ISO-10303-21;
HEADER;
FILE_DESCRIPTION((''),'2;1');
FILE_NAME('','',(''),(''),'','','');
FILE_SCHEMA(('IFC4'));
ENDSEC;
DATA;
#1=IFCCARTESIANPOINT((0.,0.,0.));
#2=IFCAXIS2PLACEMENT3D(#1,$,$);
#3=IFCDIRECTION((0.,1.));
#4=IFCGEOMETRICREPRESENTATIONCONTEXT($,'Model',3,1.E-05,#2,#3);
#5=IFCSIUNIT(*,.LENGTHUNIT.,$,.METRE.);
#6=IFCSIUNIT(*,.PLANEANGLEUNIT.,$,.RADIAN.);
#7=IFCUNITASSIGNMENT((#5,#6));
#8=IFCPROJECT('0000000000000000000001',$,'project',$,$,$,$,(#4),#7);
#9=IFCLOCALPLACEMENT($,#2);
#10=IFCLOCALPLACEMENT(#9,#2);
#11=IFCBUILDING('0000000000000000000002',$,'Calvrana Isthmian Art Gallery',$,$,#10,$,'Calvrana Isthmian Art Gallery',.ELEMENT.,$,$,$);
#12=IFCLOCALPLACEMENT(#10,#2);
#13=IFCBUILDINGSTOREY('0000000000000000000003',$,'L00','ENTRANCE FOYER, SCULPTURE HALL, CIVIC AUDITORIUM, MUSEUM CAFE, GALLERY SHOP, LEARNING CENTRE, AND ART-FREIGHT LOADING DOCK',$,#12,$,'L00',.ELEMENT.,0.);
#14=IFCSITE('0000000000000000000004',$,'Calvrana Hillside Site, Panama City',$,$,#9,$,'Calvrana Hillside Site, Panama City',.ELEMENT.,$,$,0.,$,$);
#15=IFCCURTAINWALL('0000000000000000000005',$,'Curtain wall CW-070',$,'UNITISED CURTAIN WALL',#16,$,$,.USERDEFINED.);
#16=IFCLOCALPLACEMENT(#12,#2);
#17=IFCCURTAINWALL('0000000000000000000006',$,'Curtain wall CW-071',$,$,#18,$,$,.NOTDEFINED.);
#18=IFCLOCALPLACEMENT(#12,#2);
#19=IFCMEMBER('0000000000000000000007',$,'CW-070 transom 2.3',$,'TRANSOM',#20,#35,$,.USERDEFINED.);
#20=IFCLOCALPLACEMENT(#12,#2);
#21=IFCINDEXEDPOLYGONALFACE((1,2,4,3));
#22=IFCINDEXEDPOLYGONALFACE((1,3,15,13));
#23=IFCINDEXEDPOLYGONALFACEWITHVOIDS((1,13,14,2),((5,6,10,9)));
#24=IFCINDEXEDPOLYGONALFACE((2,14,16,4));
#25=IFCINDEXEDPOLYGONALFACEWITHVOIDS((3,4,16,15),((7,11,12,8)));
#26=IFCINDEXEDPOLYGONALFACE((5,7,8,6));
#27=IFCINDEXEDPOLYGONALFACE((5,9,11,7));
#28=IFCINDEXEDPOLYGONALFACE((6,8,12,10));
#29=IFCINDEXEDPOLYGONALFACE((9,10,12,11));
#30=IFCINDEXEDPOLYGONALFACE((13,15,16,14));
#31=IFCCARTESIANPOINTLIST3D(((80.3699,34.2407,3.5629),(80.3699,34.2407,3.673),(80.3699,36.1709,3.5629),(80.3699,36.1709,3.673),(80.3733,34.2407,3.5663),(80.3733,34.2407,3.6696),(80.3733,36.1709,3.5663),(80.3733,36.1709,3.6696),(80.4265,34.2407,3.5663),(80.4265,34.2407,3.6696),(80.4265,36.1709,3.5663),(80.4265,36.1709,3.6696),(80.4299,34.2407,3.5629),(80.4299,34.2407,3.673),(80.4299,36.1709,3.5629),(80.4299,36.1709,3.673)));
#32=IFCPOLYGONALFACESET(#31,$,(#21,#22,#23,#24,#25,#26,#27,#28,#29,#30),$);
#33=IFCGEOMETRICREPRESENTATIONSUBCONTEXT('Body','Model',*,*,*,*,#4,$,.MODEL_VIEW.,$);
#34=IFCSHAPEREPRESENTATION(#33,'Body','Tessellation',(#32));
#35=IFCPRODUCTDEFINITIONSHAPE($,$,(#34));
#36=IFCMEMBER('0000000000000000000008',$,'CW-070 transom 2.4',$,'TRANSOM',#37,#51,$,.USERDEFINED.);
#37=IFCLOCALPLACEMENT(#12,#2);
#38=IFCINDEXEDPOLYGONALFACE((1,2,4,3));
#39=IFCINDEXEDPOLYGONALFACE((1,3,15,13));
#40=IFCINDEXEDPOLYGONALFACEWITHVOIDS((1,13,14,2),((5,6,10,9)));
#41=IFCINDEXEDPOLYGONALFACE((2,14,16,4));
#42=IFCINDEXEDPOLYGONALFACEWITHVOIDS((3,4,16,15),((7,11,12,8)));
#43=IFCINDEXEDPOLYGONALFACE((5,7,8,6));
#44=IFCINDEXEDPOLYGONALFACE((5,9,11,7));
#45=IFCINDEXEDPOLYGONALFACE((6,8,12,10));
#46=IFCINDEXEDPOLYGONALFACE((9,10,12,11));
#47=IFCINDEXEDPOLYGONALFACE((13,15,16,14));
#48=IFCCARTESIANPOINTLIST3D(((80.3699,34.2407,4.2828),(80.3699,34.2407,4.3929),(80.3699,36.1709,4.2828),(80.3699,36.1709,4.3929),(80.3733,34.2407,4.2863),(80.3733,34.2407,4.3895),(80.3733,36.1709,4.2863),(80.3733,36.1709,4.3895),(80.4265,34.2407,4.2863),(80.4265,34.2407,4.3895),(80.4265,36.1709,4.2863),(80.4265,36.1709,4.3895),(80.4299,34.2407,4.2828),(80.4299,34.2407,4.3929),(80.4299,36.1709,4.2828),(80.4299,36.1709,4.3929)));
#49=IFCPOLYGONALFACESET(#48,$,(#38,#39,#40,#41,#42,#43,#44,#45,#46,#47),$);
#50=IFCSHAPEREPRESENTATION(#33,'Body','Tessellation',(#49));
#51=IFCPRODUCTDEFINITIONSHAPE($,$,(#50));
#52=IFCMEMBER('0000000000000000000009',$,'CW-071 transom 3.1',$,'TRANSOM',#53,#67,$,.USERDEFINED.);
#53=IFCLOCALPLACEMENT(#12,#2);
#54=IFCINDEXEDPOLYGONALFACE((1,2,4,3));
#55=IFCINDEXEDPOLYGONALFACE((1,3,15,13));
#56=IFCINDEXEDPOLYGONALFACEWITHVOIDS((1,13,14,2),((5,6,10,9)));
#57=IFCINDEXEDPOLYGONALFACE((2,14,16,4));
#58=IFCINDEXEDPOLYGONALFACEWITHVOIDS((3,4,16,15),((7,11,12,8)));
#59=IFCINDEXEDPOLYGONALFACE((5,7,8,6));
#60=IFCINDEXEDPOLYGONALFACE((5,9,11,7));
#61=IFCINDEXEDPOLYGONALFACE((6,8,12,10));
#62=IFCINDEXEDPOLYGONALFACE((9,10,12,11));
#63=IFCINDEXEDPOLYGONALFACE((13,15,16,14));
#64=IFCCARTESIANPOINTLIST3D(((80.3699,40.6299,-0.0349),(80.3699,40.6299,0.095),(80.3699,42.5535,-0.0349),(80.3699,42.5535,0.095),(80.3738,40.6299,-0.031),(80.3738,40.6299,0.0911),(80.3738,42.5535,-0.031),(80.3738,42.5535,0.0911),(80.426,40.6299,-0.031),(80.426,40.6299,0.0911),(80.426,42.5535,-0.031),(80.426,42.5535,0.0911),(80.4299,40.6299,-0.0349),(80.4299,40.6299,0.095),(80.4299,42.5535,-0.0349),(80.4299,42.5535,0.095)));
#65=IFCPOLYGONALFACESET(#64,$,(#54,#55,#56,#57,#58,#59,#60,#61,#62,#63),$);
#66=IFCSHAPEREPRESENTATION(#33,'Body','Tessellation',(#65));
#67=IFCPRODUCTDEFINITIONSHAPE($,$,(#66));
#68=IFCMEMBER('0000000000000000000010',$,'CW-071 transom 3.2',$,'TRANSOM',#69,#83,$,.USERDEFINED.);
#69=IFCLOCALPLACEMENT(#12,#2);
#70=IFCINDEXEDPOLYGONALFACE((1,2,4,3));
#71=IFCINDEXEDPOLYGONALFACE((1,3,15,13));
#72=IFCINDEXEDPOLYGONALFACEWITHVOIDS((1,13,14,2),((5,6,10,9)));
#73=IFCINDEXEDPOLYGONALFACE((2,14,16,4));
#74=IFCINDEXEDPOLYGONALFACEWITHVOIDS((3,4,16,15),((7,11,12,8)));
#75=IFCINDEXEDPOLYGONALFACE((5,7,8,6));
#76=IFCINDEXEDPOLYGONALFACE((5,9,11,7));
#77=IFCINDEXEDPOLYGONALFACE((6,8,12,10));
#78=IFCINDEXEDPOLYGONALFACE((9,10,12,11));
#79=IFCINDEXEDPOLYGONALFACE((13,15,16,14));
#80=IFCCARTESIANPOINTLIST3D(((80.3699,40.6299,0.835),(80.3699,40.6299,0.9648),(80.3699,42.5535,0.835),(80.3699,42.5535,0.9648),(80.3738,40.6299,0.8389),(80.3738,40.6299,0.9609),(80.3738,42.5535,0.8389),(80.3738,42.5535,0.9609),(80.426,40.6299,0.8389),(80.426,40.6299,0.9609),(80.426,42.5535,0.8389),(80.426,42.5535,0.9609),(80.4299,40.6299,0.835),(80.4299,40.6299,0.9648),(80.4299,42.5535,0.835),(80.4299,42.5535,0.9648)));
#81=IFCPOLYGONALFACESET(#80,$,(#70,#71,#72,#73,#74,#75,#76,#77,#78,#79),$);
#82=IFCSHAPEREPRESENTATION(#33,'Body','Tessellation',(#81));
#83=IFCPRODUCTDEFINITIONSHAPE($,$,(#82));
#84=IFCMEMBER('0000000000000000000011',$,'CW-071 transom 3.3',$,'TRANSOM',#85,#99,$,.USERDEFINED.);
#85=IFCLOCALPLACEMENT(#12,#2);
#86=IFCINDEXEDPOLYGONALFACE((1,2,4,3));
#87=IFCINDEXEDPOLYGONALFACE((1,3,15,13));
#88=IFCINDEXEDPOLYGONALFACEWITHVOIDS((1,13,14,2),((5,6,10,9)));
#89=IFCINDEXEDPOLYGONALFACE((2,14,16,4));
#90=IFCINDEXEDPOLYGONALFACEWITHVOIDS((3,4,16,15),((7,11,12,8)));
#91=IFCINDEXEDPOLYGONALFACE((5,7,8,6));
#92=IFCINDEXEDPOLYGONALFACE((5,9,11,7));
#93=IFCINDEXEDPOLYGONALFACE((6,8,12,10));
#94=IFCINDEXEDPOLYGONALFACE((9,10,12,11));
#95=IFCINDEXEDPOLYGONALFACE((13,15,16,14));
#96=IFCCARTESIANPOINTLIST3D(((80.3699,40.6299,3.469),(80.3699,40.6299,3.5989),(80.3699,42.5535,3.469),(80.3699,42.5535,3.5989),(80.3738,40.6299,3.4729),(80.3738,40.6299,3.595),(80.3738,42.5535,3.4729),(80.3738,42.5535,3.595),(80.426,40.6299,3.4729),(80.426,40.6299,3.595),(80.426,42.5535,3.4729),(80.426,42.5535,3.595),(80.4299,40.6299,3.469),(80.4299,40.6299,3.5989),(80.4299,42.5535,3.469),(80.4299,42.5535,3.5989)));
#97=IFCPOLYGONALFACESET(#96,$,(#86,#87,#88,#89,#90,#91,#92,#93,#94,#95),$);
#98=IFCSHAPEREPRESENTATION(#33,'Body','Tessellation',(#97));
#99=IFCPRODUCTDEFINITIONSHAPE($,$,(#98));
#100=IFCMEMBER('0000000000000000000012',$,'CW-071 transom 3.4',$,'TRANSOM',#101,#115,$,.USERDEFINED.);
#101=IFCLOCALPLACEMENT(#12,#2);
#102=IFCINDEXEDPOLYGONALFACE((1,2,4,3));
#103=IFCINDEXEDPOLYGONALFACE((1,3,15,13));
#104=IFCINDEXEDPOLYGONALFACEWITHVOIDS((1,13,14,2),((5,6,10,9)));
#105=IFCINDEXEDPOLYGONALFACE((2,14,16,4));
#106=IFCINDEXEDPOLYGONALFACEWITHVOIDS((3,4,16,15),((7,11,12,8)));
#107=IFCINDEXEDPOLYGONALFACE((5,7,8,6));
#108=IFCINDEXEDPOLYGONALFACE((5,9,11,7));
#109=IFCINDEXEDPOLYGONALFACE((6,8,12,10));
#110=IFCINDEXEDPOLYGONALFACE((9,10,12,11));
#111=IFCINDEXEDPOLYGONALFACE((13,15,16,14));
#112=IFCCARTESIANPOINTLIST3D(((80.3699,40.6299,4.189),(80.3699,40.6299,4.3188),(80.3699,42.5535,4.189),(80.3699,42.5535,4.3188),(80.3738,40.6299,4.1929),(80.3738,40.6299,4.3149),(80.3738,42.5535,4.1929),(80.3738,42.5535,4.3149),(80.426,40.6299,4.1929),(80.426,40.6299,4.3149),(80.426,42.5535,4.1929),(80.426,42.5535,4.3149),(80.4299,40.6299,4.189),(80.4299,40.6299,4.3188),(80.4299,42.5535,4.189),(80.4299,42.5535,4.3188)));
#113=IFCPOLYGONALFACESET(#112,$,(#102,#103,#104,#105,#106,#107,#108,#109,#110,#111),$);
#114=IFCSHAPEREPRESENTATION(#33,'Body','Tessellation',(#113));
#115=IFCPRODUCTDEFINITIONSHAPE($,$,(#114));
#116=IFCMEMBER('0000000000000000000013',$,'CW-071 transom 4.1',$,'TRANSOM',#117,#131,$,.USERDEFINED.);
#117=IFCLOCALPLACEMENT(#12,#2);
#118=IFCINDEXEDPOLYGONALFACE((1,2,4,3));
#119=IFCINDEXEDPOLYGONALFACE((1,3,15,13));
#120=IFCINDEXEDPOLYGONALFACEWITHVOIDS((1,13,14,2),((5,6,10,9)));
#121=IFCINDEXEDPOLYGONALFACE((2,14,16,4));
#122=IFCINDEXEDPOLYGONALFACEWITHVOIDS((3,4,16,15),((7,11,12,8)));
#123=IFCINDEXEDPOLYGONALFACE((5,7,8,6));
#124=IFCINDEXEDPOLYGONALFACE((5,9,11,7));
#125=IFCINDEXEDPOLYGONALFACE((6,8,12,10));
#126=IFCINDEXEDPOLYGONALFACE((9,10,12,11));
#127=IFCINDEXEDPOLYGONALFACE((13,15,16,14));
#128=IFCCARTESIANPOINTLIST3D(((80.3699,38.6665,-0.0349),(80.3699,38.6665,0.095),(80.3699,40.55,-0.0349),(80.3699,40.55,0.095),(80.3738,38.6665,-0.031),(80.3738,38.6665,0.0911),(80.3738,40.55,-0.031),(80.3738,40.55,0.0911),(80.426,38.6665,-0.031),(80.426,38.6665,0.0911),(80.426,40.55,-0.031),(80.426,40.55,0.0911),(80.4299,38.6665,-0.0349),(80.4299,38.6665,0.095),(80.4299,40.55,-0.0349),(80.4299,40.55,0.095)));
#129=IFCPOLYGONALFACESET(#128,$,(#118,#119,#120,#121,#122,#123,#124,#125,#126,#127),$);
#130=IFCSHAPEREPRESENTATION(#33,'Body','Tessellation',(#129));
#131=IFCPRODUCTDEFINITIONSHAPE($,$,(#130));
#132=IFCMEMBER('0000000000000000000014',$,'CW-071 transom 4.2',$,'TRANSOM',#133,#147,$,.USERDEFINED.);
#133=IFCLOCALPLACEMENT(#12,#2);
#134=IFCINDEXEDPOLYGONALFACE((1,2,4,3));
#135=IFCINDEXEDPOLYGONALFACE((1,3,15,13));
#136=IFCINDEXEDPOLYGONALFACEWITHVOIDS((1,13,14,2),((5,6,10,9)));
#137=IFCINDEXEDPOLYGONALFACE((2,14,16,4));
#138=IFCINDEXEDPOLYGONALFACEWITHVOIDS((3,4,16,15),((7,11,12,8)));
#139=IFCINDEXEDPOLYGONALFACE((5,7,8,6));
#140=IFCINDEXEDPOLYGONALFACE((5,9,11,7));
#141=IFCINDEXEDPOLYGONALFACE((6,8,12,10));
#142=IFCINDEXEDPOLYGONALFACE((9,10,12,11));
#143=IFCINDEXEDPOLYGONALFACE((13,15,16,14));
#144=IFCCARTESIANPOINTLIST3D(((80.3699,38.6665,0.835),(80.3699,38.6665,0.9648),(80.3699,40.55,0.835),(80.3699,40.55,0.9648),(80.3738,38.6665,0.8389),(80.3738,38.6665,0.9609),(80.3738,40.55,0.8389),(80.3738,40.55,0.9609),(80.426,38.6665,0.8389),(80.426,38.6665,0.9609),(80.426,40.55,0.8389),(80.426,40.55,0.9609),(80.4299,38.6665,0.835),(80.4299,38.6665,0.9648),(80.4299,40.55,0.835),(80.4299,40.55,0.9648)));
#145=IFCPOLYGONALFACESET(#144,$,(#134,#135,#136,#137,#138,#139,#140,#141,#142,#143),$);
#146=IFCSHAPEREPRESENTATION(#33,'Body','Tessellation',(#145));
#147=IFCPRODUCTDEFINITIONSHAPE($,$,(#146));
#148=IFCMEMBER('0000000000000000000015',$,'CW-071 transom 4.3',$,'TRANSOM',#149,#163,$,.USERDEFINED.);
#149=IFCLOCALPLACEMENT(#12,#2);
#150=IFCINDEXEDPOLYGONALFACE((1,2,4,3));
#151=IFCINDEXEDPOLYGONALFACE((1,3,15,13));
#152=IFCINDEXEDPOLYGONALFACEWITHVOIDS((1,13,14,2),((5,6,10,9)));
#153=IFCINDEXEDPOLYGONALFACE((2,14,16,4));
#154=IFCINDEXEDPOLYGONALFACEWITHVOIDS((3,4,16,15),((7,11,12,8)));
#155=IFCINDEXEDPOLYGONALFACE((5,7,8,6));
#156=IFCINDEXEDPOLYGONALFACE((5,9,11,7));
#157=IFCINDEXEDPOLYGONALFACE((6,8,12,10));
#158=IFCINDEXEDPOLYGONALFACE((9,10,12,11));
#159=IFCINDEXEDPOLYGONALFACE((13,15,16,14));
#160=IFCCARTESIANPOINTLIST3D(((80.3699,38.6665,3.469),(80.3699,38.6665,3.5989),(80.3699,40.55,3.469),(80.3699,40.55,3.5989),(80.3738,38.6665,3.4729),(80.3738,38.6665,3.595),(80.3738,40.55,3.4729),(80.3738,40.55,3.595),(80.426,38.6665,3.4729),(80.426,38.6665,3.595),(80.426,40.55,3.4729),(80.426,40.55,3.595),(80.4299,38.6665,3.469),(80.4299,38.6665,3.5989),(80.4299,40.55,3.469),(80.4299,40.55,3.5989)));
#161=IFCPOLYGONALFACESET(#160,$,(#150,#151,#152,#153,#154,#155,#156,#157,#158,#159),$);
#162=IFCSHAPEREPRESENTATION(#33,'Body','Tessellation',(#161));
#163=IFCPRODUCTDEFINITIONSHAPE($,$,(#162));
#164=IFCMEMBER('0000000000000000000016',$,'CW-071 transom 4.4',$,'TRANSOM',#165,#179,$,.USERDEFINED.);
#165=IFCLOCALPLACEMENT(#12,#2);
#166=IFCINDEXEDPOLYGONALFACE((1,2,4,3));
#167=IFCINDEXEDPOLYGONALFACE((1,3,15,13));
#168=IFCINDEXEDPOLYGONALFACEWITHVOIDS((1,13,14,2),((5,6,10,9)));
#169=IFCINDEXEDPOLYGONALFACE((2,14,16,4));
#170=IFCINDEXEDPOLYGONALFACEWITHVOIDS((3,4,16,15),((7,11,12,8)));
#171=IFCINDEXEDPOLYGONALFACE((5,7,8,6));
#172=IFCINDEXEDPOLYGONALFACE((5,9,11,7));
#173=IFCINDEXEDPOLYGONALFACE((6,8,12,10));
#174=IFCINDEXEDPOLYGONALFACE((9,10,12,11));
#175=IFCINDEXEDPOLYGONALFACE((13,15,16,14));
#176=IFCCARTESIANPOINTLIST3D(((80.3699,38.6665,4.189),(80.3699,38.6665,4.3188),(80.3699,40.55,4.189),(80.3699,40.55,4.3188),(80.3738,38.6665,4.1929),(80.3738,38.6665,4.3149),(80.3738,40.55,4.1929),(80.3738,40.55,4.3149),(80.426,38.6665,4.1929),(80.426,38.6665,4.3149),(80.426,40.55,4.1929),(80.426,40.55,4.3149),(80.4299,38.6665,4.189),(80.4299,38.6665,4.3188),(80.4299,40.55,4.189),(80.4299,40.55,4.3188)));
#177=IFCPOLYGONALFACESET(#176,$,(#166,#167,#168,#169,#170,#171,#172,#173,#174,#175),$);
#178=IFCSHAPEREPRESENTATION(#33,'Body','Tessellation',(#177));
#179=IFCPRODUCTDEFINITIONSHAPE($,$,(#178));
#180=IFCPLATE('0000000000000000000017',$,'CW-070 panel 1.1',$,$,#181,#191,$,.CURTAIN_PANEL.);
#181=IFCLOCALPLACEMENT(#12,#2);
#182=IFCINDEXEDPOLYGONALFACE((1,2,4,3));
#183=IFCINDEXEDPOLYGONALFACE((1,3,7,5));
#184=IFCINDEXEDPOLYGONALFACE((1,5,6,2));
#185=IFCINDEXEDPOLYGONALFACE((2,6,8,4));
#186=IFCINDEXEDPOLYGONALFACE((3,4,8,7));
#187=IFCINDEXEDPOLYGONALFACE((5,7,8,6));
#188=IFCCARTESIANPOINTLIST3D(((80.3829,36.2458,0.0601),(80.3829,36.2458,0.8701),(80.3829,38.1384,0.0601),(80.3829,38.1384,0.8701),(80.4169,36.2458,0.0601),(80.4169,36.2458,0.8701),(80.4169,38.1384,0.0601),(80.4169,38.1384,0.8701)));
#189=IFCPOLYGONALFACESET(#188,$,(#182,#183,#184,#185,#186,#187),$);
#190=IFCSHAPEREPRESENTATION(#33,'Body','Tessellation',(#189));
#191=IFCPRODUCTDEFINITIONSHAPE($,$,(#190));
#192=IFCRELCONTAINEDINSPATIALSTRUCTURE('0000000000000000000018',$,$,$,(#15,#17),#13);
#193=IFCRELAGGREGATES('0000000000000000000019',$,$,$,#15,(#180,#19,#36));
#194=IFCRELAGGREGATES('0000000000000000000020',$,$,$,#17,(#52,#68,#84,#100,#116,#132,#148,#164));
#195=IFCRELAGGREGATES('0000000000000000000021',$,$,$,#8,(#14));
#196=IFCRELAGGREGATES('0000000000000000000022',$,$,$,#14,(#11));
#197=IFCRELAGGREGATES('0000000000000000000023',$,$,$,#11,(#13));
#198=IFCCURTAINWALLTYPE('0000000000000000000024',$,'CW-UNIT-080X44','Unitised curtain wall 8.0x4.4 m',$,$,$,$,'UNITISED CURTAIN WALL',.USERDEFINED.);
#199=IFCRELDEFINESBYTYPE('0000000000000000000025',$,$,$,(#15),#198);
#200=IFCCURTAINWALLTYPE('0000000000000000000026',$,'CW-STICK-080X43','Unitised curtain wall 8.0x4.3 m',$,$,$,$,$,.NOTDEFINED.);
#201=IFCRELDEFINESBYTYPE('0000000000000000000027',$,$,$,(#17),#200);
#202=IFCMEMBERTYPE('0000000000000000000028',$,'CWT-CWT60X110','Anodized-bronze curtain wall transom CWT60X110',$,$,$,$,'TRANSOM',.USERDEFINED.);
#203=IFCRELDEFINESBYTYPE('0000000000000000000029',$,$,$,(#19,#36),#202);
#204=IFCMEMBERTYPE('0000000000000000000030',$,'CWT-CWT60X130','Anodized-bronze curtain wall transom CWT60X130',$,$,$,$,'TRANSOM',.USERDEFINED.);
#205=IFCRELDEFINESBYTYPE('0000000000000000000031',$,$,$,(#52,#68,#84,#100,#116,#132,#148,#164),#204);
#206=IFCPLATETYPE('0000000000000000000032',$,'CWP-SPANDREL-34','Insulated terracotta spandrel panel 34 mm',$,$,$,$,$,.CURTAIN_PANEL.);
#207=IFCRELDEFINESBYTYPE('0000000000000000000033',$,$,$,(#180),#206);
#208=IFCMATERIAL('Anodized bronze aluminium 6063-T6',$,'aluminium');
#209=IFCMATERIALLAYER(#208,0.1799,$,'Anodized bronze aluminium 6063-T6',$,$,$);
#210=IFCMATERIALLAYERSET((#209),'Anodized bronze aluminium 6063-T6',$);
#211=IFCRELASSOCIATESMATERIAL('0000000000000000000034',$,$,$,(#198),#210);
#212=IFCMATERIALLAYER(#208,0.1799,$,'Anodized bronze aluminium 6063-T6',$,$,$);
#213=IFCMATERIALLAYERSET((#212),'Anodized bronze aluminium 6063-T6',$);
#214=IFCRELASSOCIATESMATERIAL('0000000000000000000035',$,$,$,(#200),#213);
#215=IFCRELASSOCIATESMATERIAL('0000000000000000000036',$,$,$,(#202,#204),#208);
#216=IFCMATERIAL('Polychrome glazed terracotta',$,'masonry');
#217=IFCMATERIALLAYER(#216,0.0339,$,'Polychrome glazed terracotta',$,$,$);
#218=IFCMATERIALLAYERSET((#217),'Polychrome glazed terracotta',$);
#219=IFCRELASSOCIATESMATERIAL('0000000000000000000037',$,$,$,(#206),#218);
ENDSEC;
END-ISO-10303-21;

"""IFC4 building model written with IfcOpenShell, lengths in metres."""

from ifc_helpers import new_model, si_unit, direction, frame, origin, origin_2d, place, context, subcontext, project, spatial, rectangle, hollow_rectangle, extrude, material, layer, layer_set, material_profile, profile_set, type_object, element, aggregate, save


model = new_model("IFC4")

# Units and contexts
model_context = context("Model", 3, precision=1e-05, world=origin(), true_north=direction((0.0, 1.0)))
body_context = subcontext(model_context, "Body", "Model", "MODEL_VIEW")
ifc_project = project(units=[si_unit("LENGTHUNIT", "METRE"), si_unit("PLANEANGLEUNIT", "RADIAN")], contexts=[model_context])

# Site, building, storey
site_placement = place(None, origin())
site = spatial("IfcSite", under=ifc_project, at=site_placement, Name="Calvrana Hillside Site, Panama City", LongName="Calvrana Hillside Site, Panama City", CompositionType="ELEMENT", RefElevation=0.0)
building_placement = place(site_placement, origin())
building = spatial("IfcBuilding", under=site, at=building_placement, Name="Calvrana Isthmian Art Gallery", LongName="Calvrana Isthmian Art Gallery", CompositionType="ELEMENT")
storey_placement = place(building_placement, origin())
storey = spatial("IfcBuildingStorey", under=building, at=storey_placement, Name="L00", Description="ENTRANCE FOYER, SCULPTURE HALL, CIVIC AUDITORIUM, MUSEUM CAFE, GALLERY SHOP, LEARNING CENTRE, AND ART-FREIGHT LOADING DOCK", LongName="L00", CompositionType="ELEMENT", Elevation=0.0)

# Curtain walls
ifc_material_1 = material(Name="Anodized bronze aluminium 6063-T6", Category="aluminium")
ifc_layer_1 = layer(ifc_material_1, 0.1799, Name="Anodized bronze aluminium 6063-T6")
ifc_layer_set_1 = layer_set([ifc_layer_1], Name="Anodized bronze aluminium 6063-T6")
curtain_wall_type_1 = type_object("IfcCurtainWallType", Name="CW-UNIT-080X44", Description="Unitised curtain wall 8.0x4.4 m", ElementType="UNITISED CURTAIN WALL", PredefinedType="USERDEFINED", material=ifc_layer_set_1)
curtain_wall_1_placement = place(storey_placement, origin())
curtain_wall_1 = element("IfcCurtainWall", 1, at=curtain_wall_1_placement, inside=storey, type_object=curtain_wall_type_1, Name="Curtain wall CW-070", ObjectType="UNITISED CURTAIN WALL", PredefinedType="USERDEFINED")
ifc_layer_2 = layer(ifc_material_1, 0.1799, Name="Anodized bronze aluminium 6063-T6")
ifc_layer_set_2 = layer_set([ifc_layer_2], Name="Anodized bronze aluminium 6063-T6")
curtain_wall_type_2 = type_object("IfcCurtainWallType", Name="CW-STICK-080X43", Description="Unitised curtain wall 8.0x4.3 m", PredefinedType="NOTDEFINED", material=ifc_layer_set_2)
curtain_wall_2_placement = place(storey_placement, origin())
curtain_wall_2 = element("IfcCurtainWall", 2, at=curtain_wall_2_placement, inside=storey, type_object=curtain_wall_type_2, Name="Curtain wall CW-071", PredefinedType="NOTDEFINED")

# Members
ifc_material_profile_1 = material_profile(ifc_material_1, hollow_rectangle(XDim=0.0601, YDim=0.1101, WallThickness=0.0034, at=origin_2d()), Name="CWT60X110")
ifc_profile_set_1 = profile_set([ifc_material_profile_1], Name="Anodized bronze aluminium 6063-T6")
member_type_1 = type_object("IfcMemberType", Name="CWT-CWT60X110", Description="Anodized-bronze curtain wall transom CWT60X110", ElementType="TRANSOM", PredefinedType="USERDEFINED", material=ifc_profile_set_1)
member_1_placement = place(storey_placement, frame((80.3999, 36.1709, 3.6179), z_axis=(0.0, -1.0, 0.0), x_axis=(1.0, 0.0, 0.0)))
member_1 = element("IfcMember", 3, at=member_1_placement, type_object=member_type_1, Name="CW-070 transom 2.3", ObjectType="TRANSOM", PredefinedType="USERDEFINED", context=body_context, shape_type="SweptSolid", body=[
    extrude(hollow_rectangle(XDim=0.0601, YDim=0.1101, WallThickness=0.0034, at=origin_2d()), origin(), (0.0, 0.0, 1.0), 1.9302),
])
member_2_placement = place(storey_placement, frame((80.3999, 36.1709, 4.3379), z_axis=(0.0, -1.0, 0.0), x_axis=(1.0, 0.0, 0.0)))
member_2 = element("IfcMember", 4, at=member_2_placement, type_object=member_type_1, Name="CW-070 transom 2.4", ObjectType="TRANSOM", PredefinedType="USERDEFINED", context=body_context, shape_type="SweptSolid", body=[
    extrude(hollow_rectangle(XDim=0.0601, YDim=0.1101, WallThickness=0.0034, at=origin_2d()), origin(), (0.0, 0.0, 1.0), 1.9302),
])
ifc_material_profile_2 = material_profile(ifc_material_1, hollow_rectangle(XDim=0.0601, YDim=0.1299, WallThickness=0.0039, at=origin_2d()), Name="CWT60X130")
ifc_profile_set_2 = profile_set([ifc_material_profile_2], Name="Anodized bronze aluminium 6063-T6")
member_type_2 = type_object("IfcMemberType", Name="CWT-CWT60X130", Description="Anodized-bronze curtain wall transom CWT60X130", ElementType="TRANSOM", PredefinedType="USERDEFINED", material=ifc_profile_set_2)
member_3_placement = place(storey_placement, frame((80.3999, 42.5535, 0.03), z_axis=(0.0, -1.0, 0.0), x_axis=(1.0, 0.0, 0.0)))
member_3 = element("IfcMember", 5, at=member_3_placement, type_object=member_type_2, Name="CW-071 transom 3.1", ObjectType="TRANSOM", PredefinedType="USERDEFINED", context=body_context, shape_type="SweptSolid", body=[
    extrude(hollow_rectangle(XDim=0.0601, YDim=0.1299, WallThickness=0.0039, at=origin_2d()), origin(), (0.0, 0.0, 1.0), 1.9236),
])
member_4_placement = place(storey_placement, frame((80.3999, 42.5535, 0.8999), z_axis=(0.0, -1.0, 0.0), x_axis=(1.0, 0.0, 0.0)))
member_4 = element("IfcMember", 6, at=member_4_placement, type_object=member_type_2, Name="CW-071 transom 3.2", ObjectType="TRANSOM", PredefinedType="USERDEFINED", context=body_context, shape_type="SweptSolid", body=[
    extrude(hollow_rectangle(XDim=0.0601, YDim=0.1299, WallThickness=0.0039, at=origin_2d()), origin(), (0.0, 0.0, 1.0), 1.9236),
])
member_5_placement = place(storey_placement, frame((80.3999, 42.5535, 3.5339), z_axis=(0.0, -1.0, 0.0), x_axis=(1.0, 0.0, 0.0)))
member_5 = element("IfcMember", 7, at=member_5_placement, type_object=member_type_2, Name="CW-071 transom 3.3", ObjectType="TRANSOM", PredefinedType="USERDEFINED", context=body_context, shape_type="SweptSolid", body=[
    extrude(hollow_rectangle(XDim=0.0601, YDim=0.1299, WallThickness=0.0039, at=origin_2d()), origin(), (0.0, 0.0, 1.0), 1.9236),
])
member_6_placement = place(storey_placement, frame((80.3999, 42.5535, 4.2539), z_axis=(0.0, -1.0, 0.0), x_axis=(1.0, 0.0, 0.0)))
member_6 = element("IfcMember", 8, at=member_6_placement, type_object=member_type_2, Name="CW-071 transom 3.4", ObjectType="TRANSOM", PredefinedType="USERDEFINED", context=body_context, shape_type="SweptSolid", body=[
    extrude(hollow_rectangle(XDim=0.0601, YDim=0.1299, WallThickness=0.0039, at=origin_2d()), origin(), (0.0, 0.0, 1.0), 1.9236),
])
member_7_placement = place(storey_placement, frame((80.3999, 40.55, 0.03), z_axis=(0.0, -1.0, 0.0), x_axis=(1.0, 0.0, 0.0)))
member_7 = element("IfcMember", 9, at=member_7_placement, type_object=member_type_2, Name="CW-071 transom 4.1", ObjectType="TRANSOM", PredefinedType="USERDEFINED", context=body_context, shape_type="SweptSolid", body=[
    extrude(hollow_rectangle(XDim=0.0601, YDim=0.1299, WallThickness=0.0039, at=origin_2d()), origin(), (0.0, 0.0, 1.0), 1.8835),
])
member_8_placement = place(storey_placement, frame((80.3999, 40.55, 0.8999), z_axis=(0.0, -1.0, 0.0), x_axis=(1.0, 0.0, 0.0)))
member_8 = element("IfcMember", 10, at=member_8_placement, type_object=member_type_2, Name="CW-071 transom 4.2", ObjectType="TRANSOM", PredefinedType="USERDEFINED", context=body_context, shape_type="SweptSolid", body=[
    extrude(hollow_rectangle(XDim=0.0601, YDim=0.1299, WallThickness=0.0039, at=origin_2d()), origin(), (0.0, 0.0, 1.0), 1.8835),
])
member_9_placement = place(storey_placement, frame((80.3999, 40.55, 3.5339), z_axis=(0.0, -1.0, 0.0), x_axis=(1.0, 0.0, 0.0)))
member_9 = element("IfcMember", 11, at=member_9_placement, type_object=member_type_2, Name="CW-071 transom 4.3", ObjectType="TRANSOM", PredefinedType="USERDEFINED", context=body_context, shape_type="SweptSolid", body=[
    extrude(hollow_rectangle(XDim=0.0601, YDim=0.1299, WallThickness=0.0039, at=origin_2d()), origin(), (0.0, 0.0, 1.0), 1.8835),
])
member_10_placement = place(storey_placement, frame((80.3999, 40.55, 4.2539), z_axis=(0.0, -1.0, 0.0), x_axis=(1.0, 0.0, 0.0)))
member_10 = element("IfcMember", 12, at=member_10_placement, type_object=member_type_2, Name="CW-071 transom 4.4", ObjectType="TRANSOM", PredefinedType="USERDEFINED", context=body_context, shape_type="SweptSolid", body=[
    extrude(hollow_rectangle(XDim=0.0601, YDim=0.1299, WallThickness=0.0039, at=origin_2d()), origin(), (0.0, 0.0, 1.0), 1.8835),
])

# Plate
ifc_material_2 = material(Name="Polychrome glazed terracotta", Category="masonry")
ifc_layer_3 = layer(ifc_material_2, 0.0339, Name="Polychrome glazed terracotta")
ifc_layer_set_3 = layer_set([ifc_layer_3], Name="Polychrome glazed terracotta")
plate_type_1 = type_object("IfcPlateType", Name="CWP-SPANDREL-34", Description="Insulated terracotta spandrel panel 34 mm", PredefinedType="CURTAIN_PANEL", material=ifc_layer_set_3)
plate_1_placement = place(storey_placement, frame((80.3999, 37.1921, 0.0601), z_axis=(0.0, 0.0, 1.0), x_axis=(0.0, -1.0, 0.0)))
plate_1 = element("IfcPlate", 13, at=plate_1_placement, type_object=plate_type_1, Name="CW-070 panel 1.1", PredefinedType="CURTAIN_PANEL", context=body_context, shape_type="SweptSolid", body=[
    extrude(rectangle(XDim=1.8926, YDim=0.0339, at=origin_2d()), origin(), (0.0, 0.0, 1.0), 0.8101),
])
aggregate(curtain_wall_1, [plate_1, member_1, member_2])
aggregate(curtain_wall_2, [member_3, member_4, member_5, member_6, member_7, member_8, member_9, member_10])

save(model, "model.ifc")
